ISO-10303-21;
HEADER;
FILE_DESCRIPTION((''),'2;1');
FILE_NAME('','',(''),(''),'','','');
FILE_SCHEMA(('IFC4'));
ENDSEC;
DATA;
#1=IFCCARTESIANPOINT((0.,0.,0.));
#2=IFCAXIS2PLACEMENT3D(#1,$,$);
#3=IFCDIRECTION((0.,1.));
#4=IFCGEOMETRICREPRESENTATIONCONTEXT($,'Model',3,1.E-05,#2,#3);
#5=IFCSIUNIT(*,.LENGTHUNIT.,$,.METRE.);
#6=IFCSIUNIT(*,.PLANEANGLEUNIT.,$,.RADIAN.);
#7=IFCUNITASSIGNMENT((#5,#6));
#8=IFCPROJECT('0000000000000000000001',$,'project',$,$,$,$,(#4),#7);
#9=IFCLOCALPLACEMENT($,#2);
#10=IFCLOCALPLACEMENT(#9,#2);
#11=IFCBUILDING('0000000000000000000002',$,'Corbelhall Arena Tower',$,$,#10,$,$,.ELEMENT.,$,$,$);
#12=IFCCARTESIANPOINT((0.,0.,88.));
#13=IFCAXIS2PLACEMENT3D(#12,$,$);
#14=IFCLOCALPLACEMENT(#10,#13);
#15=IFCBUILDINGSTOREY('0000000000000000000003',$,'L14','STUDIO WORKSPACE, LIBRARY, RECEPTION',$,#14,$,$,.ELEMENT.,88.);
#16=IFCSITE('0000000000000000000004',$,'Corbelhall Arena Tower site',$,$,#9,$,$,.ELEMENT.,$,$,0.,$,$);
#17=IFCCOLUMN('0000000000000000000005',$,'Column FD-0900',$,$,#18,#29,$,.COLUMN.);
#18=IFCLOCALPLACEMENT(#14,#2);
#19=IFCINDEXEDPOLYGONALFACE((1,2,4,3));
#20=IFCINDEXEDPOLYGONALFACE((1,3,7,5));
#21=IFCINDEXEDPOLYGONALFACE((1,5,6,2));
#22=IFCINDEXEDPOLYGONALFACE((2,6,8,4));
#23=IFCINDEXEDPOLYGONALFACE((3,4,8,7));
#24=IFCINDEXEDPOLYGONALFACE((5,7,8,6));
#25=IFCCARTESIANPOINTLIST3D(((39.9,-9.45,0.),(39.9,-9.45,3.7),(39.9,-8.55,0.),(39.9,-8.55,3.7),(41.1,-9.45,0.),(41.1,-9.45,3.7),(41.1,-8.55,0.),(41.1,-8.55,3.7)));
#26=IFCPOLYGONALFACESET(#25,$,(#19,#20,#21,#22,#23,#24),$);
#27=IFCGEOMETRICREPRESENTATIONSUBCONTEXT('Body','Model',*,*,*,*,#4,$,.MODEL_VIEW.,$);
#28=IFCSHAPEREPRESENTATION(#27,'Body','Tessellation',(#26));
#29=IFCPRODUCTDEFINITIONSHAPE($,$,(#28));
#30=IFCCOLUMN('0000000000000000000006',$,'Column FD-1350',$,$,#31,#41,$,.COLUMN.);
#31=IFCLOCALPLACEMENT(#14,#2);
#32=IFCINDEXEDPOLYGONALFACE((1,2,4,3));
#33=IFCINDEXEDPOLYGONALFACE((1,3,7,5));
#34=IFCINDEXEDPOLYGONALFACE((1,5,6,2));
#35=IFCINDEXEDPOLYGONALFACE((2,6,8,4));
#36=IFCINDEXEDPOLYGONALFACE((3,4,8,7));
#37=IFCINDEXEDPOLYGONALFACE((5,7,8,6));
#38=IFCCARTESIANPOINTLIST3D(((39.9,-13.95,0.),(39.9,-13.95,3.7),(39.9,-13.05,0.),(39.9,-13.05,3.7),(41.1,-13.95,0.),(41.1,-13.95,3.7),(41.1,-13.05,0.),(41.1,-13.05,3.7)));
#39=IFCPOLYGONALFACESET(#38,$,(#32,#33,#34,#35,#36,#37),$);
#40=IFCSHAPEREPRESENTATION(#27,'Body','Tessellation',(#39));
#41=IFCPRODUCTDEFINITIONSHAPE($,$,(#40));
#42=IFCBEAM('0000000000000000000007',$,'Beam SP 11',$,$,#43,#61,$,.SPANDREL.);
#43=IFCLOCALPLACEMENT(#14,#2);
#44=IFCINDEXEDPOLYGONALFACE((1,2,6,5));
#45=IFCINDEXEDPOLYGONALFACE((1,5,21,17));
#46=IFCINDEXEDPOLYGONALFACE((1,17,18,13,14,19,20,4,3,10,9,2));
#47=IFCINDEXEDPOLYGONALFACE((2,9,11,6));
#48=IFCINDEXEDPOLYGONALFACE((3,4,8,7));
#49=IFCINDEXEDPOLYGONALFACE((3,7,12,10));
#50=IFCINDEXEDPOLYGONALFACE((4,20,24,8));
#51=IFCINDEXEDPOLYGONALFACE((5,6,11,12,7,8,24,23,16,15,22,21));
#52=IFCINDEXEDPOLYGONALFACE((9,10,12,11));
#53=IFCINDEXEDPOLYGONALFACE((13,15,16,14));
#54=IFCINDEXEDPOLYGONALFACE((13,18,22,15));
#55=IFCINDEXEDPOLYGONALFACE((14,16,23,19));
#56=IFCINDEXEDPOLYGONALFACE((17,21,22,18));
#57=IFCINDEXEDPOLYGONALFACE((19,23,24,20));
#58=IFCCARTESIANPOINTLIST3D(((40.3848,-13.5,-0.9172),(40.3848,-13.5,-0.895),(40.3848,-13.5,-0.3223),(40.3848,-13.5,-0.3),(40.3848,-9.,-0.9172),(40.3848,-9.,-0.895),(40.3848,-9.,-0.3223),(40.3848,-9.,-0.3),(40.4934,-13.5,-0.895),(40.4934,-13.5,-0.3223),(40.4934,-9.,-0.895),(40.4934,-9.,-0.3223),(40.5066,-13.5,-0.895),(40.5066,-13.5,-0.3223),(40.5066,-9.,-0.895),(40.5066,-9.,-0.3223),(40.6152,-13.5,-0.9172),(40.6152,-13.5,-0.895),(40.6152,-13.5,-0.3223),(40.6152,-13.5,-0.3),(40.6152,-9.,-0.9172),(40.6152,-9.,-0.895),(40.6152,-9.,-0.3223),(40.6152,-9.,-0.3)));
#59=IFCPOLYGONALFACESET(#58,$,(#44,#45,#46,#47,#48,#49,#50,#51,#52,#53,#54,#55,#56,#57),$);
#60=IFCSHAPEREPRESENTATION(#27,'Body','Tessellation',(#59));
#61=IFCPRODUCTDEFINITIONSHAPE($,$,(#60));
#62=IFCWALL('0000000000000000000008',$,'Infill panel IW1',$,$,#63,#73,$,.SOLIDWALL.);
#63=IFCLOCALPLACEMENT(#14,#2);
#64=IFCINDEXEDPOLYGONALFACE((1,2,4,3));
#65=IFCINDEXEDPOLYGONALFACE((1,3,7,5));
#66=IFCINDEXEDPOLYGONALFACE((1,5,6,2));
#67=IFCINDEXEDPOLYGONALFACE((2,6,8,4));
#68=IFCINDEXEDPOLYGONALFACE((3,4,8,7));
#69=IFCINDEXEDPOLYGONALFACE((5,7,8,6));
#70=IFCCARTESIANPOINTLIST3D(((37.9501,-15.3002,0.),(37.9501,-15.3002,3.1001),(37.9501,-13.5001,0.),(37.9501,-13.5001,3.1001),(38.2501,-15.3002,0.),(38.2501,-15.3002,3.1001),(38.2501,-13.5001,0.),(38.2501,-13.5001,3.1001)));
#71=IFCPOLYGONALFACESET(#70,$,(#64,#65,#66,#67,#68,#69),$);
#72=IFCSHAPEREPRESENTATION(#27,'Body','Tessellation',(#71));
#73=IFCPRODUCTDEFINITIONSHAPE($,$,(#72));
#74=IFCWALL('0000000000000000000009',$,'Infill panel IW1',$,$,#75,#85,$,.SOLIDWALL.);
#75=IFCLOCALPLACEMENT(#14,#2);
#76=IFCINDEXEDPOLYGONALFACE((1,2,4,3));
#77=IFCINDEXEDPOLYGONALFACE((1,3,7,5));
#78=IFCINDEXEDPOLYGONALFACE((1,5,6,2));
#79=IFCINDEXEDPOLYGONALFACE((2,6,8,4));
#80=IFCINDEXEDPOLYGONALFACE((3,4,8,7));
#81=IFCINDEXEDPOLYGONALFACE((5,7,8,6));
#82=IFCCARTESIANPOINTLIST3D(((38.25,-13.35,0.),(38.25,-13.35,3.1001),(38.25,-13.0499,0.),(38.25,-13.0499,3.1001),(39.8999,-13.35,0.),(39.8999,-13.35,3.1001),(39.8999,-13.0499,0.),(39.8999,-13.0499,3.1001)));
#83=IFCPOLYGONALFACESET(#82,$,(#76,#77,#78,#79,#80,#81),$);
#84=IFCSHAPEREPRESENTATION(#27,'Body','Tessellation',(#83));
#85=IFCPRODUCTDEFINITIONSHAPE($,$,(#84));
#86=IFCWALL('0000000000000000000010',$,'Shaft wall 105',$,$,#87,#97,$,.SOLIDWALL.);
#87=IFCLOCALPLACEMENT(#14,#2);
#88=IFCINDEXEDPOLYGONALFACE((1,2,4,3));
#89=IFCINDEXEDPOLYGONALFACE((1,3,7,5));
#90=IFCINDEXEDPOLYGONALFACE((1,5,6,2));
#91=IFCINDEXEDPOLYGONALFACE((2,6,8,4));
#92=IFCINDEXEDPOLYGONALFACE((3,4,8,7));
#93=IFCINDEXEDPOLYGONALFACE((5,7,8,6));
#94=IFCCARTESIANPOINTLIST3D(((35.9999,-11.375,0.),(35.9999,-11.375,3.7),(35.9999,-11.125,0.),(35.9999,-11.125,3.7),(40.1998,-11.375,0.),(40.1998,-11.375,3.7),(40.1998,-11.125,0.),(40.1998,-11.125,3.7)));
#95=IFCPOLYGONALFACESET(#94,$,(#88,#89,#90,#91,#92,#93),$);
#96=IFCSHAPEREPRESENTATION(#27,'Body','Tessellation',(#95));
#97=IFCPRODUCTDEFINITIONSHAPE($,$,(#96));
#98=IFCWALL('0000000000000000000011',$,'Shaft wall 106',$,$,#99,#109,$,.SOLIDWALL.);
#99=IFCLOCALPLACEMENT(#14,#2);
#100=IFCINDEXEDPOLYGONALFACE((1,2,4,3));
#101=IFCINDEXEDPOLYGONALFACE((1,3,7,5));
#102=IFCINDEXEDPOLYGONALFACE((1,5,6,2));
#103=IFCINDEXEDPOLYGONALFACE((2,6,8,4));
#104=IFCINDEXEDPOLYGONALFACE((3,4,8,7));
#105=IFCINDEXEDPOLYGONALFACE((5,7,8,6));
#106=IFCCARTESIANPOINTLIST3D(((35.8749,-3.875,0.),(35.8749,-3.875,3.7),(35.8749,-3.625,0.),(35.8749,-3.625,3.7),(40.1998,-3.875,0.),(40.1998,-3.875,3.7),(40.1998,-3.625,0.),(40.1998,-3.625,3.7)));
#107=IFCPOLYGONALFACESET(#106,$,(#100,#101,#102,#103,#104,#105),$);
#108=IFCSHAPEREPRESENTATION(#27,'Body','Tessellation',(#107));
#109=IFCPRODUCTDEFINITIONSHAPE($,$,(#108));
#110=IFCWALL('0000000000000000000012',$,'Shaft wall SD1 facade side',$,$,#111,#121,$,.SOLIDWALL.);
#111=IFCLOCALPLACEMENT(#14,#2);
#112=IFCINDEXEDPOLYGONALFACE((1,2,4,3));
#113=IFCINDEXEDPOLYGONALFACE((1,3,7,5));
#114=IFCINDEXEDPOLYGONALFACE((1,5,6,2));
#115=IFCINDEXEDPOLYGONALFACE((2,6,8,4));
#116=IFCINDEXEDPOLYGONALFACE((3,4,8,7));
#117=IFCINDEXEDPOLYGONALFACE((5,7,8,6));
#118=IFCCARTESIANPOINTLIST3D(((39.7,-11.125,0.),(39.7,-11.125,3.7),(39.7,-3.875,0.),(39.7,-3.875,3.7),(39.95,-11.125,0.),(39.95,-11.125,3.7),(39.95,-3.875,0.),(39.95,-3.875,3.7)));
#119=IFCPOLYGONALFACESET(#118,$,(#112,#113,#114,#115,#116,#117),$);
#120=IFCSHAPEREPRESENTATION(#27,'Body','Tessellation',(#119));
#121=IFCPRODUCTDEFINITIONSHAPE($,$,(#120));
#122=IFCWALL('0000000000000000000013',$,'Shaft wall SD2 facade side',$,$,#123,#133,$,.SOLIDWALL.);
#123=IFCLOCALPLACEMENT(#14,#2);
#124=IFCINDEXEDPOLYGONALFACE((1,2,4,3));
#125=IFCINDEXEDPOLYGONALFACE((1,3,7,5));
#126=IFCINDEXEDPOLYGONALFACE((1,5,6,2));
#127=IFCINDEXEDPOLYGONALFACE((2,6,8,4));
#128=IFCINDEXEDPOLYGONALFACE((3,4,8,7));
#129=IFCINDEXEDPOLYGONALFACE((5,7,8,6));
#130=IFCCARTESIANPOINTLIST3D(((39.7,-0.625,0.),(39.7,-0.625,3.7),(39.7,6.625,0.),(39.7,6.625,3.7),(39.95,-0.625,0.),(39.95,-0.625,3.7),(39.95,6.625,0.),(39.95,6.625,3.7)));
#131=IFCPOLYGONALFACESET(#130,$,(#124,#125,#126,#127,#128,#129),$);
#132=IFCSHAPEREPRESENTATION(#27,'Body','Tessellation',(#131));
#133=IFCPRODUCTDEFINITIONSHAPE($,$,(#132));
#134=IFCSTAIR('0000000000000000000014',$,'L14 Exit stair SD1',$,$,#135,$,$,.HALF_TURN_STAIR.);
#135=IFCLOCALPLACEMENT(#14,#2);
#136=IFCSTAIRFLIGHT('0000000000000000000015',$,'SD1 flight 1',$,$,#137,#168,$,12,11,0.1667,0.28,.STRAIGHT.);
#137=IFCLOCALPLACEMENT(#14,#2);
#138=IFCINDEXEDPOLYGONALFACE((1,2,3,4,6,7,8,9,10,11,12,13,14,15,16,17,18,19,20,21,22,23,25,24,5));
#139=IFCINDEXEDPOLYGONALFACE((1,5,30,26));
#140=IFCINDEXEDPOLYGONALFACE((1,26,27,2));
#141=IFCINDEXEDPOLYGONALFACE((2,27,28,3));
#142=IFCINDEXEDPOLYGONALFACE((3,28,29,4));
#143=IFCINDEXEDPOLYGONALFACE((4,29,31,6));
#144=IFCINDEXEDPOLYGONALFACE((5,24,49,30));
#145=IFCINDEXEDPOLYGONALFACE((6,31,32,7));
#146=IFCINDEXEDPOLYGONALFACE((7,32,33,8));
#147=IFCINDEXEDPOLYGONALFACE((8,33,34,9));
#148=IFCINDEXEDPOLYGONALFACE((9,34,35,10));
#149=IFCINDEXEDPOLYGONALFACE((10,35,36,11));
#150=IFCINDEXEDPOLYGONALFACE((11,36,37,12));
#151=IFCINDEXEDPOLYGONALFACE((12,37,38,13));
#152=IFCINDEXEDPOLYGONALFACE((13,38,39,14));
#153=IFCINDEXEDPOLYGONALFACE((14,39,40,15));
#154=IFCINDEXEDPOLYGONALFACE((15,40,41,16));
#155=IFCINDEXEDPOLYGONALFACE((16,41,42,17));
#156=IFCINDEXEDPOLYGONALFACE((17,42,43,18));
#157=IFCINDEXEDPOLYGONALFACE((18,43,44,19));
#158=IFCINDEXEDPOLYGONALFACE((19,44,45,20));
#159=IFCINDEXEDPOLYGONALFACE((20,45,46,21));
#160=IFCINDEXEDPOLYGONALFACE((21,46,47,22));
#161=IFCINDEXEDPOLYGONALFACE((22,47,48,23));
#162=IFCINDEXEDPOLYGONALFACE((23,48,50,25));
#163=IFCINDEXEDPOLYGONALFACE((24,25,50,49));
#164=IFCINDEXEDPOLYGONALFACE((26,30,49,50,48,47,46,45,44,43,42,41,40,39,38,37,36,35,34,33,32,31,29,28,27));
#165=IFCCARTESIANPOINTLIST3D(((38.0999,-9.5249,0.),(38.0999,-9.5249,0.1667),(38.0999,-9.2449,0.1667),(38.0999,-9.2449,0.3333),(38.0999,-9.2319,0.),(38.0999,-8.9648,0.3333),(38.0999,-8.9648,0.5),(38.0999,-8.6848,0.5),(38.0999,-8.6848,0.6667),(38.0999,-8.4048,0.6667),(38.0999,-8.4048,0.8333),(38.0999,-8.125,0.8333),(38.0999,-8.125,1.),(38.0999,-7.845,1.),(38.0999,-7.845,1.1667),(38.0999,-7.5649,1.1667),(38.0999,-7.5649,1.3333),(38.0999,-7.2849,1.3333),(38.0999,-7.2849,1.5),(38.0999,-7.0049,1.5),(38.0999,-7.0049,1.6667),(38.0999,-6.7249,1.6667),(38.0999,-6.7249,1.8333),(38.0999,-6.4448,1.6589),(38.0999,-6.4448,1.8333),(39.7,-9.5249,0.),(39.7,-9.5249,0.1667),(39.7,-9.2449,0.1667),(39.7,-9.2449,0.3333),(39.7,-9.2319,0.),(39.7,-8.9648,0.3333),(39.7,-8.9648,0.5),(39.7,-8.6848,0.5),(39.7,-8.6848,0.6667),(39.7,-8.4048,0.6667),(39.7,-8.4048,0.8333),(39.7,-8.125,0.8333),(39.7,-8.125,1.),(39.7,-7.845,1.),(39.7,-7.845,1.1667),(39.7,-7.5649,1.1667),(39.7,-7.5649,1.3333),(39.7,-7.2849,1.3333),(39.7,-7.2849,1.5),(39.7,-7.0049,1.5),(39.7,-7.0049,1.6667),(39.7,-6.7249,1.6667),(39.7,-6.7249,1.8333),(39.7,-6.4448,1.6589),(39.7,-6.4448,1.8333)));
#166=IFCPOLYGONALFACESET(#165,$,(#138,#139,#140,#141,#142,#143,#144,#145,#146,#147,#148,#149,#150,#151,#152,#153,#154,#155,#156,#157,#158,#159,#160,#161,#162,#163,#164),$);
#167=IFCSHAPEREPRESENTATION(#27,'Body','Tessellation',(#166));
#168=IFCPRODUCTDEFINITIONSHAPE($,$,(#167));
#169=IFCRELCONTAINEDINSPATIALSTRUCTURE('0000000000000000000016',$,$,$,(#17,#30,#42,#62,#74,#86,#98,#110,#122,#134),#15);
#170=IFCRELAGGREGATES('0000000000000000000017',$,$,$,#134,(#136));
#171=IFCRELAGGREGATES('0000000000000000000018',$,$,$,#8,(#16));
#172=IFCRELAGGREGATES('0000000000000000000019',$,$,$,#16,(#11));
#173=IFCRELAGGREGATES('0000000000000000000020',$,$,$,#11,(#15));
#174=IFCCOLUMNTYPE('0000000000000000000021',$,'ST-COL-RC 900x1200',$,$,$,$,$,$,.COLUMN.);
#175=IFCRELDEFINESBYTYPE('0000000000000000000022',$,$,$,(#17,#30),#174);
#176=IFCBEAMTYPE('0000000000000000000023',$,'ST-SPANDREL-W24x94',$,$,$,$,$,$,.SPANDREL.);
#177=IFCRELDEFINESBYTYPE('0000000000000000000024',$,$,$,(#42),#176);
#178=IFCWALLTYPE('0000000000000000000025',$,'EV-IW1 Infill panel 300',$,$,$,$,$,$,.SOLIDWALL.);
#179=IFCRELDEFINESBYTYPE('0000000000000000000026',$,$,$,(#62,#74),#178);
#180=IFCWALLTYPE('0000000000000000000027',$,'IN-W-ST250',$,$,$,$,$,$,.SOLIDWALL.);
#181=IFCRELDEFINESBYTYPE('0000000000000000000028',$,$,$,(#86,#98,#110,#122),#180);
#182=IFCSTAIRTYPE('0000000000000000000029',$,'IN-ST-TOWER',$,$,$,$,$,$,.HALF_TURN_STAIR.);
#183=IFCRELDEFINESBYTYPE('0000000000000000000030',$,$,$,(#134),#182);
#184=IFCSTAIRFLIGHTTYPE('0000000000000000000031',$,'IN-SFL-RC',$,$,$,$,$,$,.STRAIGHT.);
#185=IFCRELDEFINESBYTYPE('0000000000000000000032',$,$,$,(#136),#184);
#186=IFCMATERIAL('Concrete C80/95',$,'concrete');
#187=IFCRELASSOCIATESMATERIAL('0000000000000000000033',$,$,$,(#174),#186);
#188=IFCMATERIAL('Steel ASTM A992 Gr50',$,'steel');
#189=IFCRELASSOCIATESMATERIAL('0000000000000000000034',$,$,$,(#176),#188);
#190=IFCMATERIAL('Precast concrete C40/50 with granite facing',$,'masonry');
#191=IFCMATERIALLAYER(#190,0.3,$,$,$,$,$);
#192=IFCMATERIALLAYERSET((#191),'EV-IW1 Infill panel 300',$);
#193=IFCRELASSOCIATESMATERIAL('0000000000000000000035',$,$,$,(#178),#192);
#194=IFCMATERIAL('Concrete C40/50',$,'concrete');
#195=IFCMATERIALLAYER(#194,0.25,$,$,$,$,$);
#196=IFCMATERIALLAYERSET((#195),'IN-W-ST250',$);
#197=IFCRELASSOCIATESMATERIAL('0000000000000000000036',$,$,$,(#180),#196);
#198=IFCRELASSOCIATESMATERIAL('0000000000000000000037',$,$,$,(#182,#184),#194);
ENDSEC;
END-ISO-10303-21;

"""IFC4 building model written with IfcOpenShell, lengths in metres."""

from ifc_helpers import new_model, si_unit, direction, frame, frame_2d, origin, origin_2d, place, context, subcontext, project, spatial, polyline, rectangle, i_section, outline, extrude, material, layer, layer_set, material_profile, profile_set, type_object, element, aggregate, save


model = new_model("IFC4")

# Units and contexts
model_context = context("Model", 3, precision=1e-05, world=origin(), true_north=direction((0.0, 1.0)))
body_context = subcontext(model_context, "Body", "Model", "MODEL_VIEW")
ifc_project = project(units=[si_unit("LENGTHUNIT", "METRE"), si_unit("PLANEANGLEUNIT", "RADIAN")], contexts=[model_context])

# Site, building, storey
site_placement = place(None, origin())
site = spatial("IfcSite", under=ifc_project, at=site_placement, Name="Corbelhall Arena Tower site", CompositionType="ELEMENT", RefElevation=0.0)
building_placement = place(site_placement, origin())
building = spatial("IfcBuilding", under=site, at=building_placement, Name="Corbelhall Arena Tower", CompositionType="ELEMENT")
storey_placement = place(building_placement, frame((0.0, 0.0, 88.0)))
storey = spatial("IfcBuildingStorey", under=building, at=storey_placement, Name="L14", Description="STUDIO WORKSPACE, LIBRARY, RECEPTION", CompositionType="ELEMENT", Elevation=88.0)

# Columns
ifc_material_1 = material(Name="Concrete C80/95", Category="concrete")
ifc_material_profile_1 = material_profile(ifc_material_1, rectangle(XDim=0.8999, YDim=1.2, at=origin_2d()))
ifc_profile_set_1 = profile_set([ifc_material_profile_1], Name="Concrete C80/95")
column_type = type_object("IfcColumnType", Name="ST-COL-RC 900x1200", PredefinedType="COLUMN", material=ifc_profile_set_1)
for number, where, z_axis, x_axis, name in (
    (1, (40.5, -9.0, 0.0), (0.0, 0.0, 1.0), (0.0, 1.0, 0.0), "Column FD-0900"),
    (2, (40.5, -13.5, 0.0), (0.0, 0.0, 1.0), (0.0, 1.0, 0.0), "Column FD-1350"),
):
    element("IfcColumn", number, at=place(storey_placement, frame(where, z_axis=z_axis, x_axis=x_axis)), inside=storey, type_object=column_type, Name=name, PredefinedType="COLUMN", context=body_context, shape_type="SweptSolid", body=[
        extrude(rectangle(XDim=0.8999, YDim=1.2, at=origin_2d()), origin(), (0.0, 0.0, 1.0), 3.7),
    ])

# Beam
ifc_material_2 = material(Name="Steel ASTM A992 Gr50", Category="steel")
ifc_material_profile_2 = material_profile(ifc_material_2, i_section(OverallWidth=0.2305, OverallDepth=0.6172, WebThickness=0.0132, FlangeThickness=0.0222, at=origin_2d()))
ifc_profile_set_2 = profile_set([ifc_material_profile_2], Name="Steel ASTM A992 Gr50")
beam_type = type_object("IfcBeamType", Name="ST-SPANDREL-W24x94", PredefinedType="SPANDREL", material=ifc_profile_set_2)
beam_placement = place(storey_placement, frame((40.5, -9.0, -0.6086), z_axis=(0.0, -1.0, 0.0), x_axis=(1.0, 0.0, 0.0)))
element("IfcBeam", 3, at=beam_placement, inside=storey, type_object=beam_type, Name="Beam SP 11", PredefinedType="SPANDREL", context=body_context, shape_type="SweptSolid", body=[
    extrude(i_section(OverallWidth=0.2305, OverallDepth=0.6172, WebThickness=0.0132, FlangeThickness=0.0222, at=origin_2d()), origin(), (0.0, 0.0, 1.0), 4.5),
])

# Walls
ifc_material_3 = material(Name="Precast concrete C40/50 with granite facing", Category="masonry")
ifc_layer_1 = layer(ifc_material_3, 0.3)
ifc_layer_set_1 = layer_set([ifc_layer_1], Name="EV-IW1 Infill panel 300")
wall_type_1 = type_object("IfcWallType", Name="EV-IW1 Infill panel 300", PredefinedType="SOLIDWALL", material=ifc_layer_set_1)
wall_1_placement = place(storey_placement, frame((38.1001, -15.3, 0.0), z_axis=(0.0, 0.0, 1.0), x_axis=(0.0, 1.0, 0.0)))
element("IfcWall", 4, at=wall_1_placement, inside=storey, type_object=wall_type_1, Name="Infill panel IW1", PredefinedType="SOLIDWALL", context=body_context, shape_type="SweptSolid", body=[
    extrude(rectangle(XDim=1.8, YDim=0.3, at=frame_2d((0.8999, 0.0))), origin(), (0.0, 0.0, 1.0), 3.1001),
])
wall_2_placement = place(storey_placement, frame((39.8999, -13.2, 0.0), z_axis=(0.0, 0.0, 1.0), x_axis=(-1.0, 0.0, 0.0)))
element("IfcWall", 5, at=wall_2_placement, inside=storey, type_object=wall_type_1, Name="Infill panel IW1", PredefinedType="SOLIDWALL", context=body_context, shape_type="SweptSolid", body=[
    extrude(rectangle(XDim=1.6499, YDim=0.3, at=frame_2d((0.825, 0.0))), origin(), (0.0, 0.0, 1.0), 3.1001),
])

# Walls
ifc_material_4 = material(Name="Concrete C40/50", Category="concrete")
ifc_layer_2 = layer(ifc_material_4, 0.25)
ifc_layer_set_2 = layer_set([ifc_layer_2], Name="IN-W-ST250")
wall_type_2 = type_object("IfcWallType", Name="IN-W-ST250", PredefinedType="SOLIDWALL", material=ifc_layer_set_2)
wall_3_placement = place(storey_placement, frame((40.2, -11.25, 0.0), z_axis=(0.0, 0.0, 1.0), x_axis=(-1.0, 0.0, 0.0)))
element("IfcWall", 6, at=wall_3_placement, inside=storey, type_object=wall_type_2, Name="Shaft wall 105", PredefinedType="SOLIDWALL", context=body_context, shape_type="SweptSolid", body=[
    extrude(rectangle(XDim=4.2, YDim=0.25, at=frame_2d((2.1001, 0.0))), origin(), (0.0, 0.0, 1.0), 3.7),
])
wall_4_placement = place(storey_placement, frame((40.2, -3.75, 0.0), z_axis=(0.0, 0.0, 1.0), x_axis=(-1.0, 0.0, 0.0)))
element("IfcWall", 7, at=wall_4_placement, inside=storey, type_object=wall_type_2, Name="Shaft wall 106", PredefinedType="SOLIDWALL", context=body_context, shape_type="SweptSolid", body=[
    extrude(rectangle(XDim=4.325, YDim=0.25, at=frame_2d((2.1626, 0.0))), origin(), (0.0, 0.0, 1.0), 3.7),
])
for number, where, z_axis, x_axis, name in (
    (8, (39.825, -11.125, 0.0), (0.0, 0.0, 1.0), (0.0, 1.0, 0.0), "Shaft wall SD1 facade side"),
    (9, (39.825, -0.625, 0.0), (0.0, 0.0, 1.0), (0.0, 1.0, 0.0), "Shaft wall SD2 facade side"),
):
    element("IfcWall", number, at=place(storey_placement, frame(where, z_axis=z_axis, x_axis=x_axis)), inside=storey, type_object=wall_type_2, Name=name, PredefinedType="SOLIDWALL", context=body_context, shape_type="SweptSolid", body=[
        extrude(rectangle(XDim=7.25, YDim=0.25, at=frame_2d((3.625, 0.0))), origin(), (0.0, 0.0, 1.0), 3.7),
    ])

# Stair, stair flight
stair_type = type_object("IfcStairType", Name="IN-ST-TOWER", PredefinedType="HALF_TURN_STAIR", material=ifc_material_4)
stair_placement = place(storey_placement, origin())
stair = element("IfcStair", 10, at=stair_placement, inside=storey, type_object=stair_type, Name="L14 Exit stair SD1", PredefinedType="HALF_TURN_STAIR")
stair_flight_type = type_object("IfcStairFlightType", Name="IN-SFL-RC", PredefinedType="STRAIGHT", material=ifc_material_4)
stair_flight_placement = place(storey_placement, frame((38.8999, -9.5249, 0.0), z_axis=(0.0, 0.0, 1.0), x_axis=(0.0, 1.0, 0.0)))
stair_flight = element("IfcStairFlight", 11, at=stair_flight_placement, type_object=stair_flight_type, Name="SD1 flight 1", NumberOfRisers=12, NumberOfTreads=11, PredefinedType="STRAIGHT", RiserHeight=0.1667, TreadLength=0.28, context=body_context, shape_type="SweptSolid", body=[
    extrude(outline(polyline([(0.0, 0.0), (0.0, 0.1667), (0.28, 0.1667), (0.28, 0.3333), (0.5601, 0.3333), (0.5601, 0.5), (0.8401, 0.5), (0.8401, 0.6667), (1.1201, 0.6667), (1.1201, 0.8333), (1.3999, 0.8333), (1.3999, 1.0), (1.6799, 1.0), (1.6799, 1.1667), (1.96, 1.1667), (1.96, 1.3333), (2.24, 1.3333), (2.24, 1.5), (2.52, 1.5), (2.52, 1.6667), (2.8, 1.6667), (2.8, 1.8333), (3.0801, 1.8333), (3.0801, 2.0), (3.0801, 1.6589), (0.293, 0.0), (0.0, 0.0)])), frame((0.0, 0.8, 0.0), z_axis=(0.0, -1.0, 0.0), x_axis=(1.0, 0.0, 0.0)), (0.0, 0.0, 1.0), 1.6001),
])
aggregate(stair, [stair_flight])

save(model, "model.ifc")
